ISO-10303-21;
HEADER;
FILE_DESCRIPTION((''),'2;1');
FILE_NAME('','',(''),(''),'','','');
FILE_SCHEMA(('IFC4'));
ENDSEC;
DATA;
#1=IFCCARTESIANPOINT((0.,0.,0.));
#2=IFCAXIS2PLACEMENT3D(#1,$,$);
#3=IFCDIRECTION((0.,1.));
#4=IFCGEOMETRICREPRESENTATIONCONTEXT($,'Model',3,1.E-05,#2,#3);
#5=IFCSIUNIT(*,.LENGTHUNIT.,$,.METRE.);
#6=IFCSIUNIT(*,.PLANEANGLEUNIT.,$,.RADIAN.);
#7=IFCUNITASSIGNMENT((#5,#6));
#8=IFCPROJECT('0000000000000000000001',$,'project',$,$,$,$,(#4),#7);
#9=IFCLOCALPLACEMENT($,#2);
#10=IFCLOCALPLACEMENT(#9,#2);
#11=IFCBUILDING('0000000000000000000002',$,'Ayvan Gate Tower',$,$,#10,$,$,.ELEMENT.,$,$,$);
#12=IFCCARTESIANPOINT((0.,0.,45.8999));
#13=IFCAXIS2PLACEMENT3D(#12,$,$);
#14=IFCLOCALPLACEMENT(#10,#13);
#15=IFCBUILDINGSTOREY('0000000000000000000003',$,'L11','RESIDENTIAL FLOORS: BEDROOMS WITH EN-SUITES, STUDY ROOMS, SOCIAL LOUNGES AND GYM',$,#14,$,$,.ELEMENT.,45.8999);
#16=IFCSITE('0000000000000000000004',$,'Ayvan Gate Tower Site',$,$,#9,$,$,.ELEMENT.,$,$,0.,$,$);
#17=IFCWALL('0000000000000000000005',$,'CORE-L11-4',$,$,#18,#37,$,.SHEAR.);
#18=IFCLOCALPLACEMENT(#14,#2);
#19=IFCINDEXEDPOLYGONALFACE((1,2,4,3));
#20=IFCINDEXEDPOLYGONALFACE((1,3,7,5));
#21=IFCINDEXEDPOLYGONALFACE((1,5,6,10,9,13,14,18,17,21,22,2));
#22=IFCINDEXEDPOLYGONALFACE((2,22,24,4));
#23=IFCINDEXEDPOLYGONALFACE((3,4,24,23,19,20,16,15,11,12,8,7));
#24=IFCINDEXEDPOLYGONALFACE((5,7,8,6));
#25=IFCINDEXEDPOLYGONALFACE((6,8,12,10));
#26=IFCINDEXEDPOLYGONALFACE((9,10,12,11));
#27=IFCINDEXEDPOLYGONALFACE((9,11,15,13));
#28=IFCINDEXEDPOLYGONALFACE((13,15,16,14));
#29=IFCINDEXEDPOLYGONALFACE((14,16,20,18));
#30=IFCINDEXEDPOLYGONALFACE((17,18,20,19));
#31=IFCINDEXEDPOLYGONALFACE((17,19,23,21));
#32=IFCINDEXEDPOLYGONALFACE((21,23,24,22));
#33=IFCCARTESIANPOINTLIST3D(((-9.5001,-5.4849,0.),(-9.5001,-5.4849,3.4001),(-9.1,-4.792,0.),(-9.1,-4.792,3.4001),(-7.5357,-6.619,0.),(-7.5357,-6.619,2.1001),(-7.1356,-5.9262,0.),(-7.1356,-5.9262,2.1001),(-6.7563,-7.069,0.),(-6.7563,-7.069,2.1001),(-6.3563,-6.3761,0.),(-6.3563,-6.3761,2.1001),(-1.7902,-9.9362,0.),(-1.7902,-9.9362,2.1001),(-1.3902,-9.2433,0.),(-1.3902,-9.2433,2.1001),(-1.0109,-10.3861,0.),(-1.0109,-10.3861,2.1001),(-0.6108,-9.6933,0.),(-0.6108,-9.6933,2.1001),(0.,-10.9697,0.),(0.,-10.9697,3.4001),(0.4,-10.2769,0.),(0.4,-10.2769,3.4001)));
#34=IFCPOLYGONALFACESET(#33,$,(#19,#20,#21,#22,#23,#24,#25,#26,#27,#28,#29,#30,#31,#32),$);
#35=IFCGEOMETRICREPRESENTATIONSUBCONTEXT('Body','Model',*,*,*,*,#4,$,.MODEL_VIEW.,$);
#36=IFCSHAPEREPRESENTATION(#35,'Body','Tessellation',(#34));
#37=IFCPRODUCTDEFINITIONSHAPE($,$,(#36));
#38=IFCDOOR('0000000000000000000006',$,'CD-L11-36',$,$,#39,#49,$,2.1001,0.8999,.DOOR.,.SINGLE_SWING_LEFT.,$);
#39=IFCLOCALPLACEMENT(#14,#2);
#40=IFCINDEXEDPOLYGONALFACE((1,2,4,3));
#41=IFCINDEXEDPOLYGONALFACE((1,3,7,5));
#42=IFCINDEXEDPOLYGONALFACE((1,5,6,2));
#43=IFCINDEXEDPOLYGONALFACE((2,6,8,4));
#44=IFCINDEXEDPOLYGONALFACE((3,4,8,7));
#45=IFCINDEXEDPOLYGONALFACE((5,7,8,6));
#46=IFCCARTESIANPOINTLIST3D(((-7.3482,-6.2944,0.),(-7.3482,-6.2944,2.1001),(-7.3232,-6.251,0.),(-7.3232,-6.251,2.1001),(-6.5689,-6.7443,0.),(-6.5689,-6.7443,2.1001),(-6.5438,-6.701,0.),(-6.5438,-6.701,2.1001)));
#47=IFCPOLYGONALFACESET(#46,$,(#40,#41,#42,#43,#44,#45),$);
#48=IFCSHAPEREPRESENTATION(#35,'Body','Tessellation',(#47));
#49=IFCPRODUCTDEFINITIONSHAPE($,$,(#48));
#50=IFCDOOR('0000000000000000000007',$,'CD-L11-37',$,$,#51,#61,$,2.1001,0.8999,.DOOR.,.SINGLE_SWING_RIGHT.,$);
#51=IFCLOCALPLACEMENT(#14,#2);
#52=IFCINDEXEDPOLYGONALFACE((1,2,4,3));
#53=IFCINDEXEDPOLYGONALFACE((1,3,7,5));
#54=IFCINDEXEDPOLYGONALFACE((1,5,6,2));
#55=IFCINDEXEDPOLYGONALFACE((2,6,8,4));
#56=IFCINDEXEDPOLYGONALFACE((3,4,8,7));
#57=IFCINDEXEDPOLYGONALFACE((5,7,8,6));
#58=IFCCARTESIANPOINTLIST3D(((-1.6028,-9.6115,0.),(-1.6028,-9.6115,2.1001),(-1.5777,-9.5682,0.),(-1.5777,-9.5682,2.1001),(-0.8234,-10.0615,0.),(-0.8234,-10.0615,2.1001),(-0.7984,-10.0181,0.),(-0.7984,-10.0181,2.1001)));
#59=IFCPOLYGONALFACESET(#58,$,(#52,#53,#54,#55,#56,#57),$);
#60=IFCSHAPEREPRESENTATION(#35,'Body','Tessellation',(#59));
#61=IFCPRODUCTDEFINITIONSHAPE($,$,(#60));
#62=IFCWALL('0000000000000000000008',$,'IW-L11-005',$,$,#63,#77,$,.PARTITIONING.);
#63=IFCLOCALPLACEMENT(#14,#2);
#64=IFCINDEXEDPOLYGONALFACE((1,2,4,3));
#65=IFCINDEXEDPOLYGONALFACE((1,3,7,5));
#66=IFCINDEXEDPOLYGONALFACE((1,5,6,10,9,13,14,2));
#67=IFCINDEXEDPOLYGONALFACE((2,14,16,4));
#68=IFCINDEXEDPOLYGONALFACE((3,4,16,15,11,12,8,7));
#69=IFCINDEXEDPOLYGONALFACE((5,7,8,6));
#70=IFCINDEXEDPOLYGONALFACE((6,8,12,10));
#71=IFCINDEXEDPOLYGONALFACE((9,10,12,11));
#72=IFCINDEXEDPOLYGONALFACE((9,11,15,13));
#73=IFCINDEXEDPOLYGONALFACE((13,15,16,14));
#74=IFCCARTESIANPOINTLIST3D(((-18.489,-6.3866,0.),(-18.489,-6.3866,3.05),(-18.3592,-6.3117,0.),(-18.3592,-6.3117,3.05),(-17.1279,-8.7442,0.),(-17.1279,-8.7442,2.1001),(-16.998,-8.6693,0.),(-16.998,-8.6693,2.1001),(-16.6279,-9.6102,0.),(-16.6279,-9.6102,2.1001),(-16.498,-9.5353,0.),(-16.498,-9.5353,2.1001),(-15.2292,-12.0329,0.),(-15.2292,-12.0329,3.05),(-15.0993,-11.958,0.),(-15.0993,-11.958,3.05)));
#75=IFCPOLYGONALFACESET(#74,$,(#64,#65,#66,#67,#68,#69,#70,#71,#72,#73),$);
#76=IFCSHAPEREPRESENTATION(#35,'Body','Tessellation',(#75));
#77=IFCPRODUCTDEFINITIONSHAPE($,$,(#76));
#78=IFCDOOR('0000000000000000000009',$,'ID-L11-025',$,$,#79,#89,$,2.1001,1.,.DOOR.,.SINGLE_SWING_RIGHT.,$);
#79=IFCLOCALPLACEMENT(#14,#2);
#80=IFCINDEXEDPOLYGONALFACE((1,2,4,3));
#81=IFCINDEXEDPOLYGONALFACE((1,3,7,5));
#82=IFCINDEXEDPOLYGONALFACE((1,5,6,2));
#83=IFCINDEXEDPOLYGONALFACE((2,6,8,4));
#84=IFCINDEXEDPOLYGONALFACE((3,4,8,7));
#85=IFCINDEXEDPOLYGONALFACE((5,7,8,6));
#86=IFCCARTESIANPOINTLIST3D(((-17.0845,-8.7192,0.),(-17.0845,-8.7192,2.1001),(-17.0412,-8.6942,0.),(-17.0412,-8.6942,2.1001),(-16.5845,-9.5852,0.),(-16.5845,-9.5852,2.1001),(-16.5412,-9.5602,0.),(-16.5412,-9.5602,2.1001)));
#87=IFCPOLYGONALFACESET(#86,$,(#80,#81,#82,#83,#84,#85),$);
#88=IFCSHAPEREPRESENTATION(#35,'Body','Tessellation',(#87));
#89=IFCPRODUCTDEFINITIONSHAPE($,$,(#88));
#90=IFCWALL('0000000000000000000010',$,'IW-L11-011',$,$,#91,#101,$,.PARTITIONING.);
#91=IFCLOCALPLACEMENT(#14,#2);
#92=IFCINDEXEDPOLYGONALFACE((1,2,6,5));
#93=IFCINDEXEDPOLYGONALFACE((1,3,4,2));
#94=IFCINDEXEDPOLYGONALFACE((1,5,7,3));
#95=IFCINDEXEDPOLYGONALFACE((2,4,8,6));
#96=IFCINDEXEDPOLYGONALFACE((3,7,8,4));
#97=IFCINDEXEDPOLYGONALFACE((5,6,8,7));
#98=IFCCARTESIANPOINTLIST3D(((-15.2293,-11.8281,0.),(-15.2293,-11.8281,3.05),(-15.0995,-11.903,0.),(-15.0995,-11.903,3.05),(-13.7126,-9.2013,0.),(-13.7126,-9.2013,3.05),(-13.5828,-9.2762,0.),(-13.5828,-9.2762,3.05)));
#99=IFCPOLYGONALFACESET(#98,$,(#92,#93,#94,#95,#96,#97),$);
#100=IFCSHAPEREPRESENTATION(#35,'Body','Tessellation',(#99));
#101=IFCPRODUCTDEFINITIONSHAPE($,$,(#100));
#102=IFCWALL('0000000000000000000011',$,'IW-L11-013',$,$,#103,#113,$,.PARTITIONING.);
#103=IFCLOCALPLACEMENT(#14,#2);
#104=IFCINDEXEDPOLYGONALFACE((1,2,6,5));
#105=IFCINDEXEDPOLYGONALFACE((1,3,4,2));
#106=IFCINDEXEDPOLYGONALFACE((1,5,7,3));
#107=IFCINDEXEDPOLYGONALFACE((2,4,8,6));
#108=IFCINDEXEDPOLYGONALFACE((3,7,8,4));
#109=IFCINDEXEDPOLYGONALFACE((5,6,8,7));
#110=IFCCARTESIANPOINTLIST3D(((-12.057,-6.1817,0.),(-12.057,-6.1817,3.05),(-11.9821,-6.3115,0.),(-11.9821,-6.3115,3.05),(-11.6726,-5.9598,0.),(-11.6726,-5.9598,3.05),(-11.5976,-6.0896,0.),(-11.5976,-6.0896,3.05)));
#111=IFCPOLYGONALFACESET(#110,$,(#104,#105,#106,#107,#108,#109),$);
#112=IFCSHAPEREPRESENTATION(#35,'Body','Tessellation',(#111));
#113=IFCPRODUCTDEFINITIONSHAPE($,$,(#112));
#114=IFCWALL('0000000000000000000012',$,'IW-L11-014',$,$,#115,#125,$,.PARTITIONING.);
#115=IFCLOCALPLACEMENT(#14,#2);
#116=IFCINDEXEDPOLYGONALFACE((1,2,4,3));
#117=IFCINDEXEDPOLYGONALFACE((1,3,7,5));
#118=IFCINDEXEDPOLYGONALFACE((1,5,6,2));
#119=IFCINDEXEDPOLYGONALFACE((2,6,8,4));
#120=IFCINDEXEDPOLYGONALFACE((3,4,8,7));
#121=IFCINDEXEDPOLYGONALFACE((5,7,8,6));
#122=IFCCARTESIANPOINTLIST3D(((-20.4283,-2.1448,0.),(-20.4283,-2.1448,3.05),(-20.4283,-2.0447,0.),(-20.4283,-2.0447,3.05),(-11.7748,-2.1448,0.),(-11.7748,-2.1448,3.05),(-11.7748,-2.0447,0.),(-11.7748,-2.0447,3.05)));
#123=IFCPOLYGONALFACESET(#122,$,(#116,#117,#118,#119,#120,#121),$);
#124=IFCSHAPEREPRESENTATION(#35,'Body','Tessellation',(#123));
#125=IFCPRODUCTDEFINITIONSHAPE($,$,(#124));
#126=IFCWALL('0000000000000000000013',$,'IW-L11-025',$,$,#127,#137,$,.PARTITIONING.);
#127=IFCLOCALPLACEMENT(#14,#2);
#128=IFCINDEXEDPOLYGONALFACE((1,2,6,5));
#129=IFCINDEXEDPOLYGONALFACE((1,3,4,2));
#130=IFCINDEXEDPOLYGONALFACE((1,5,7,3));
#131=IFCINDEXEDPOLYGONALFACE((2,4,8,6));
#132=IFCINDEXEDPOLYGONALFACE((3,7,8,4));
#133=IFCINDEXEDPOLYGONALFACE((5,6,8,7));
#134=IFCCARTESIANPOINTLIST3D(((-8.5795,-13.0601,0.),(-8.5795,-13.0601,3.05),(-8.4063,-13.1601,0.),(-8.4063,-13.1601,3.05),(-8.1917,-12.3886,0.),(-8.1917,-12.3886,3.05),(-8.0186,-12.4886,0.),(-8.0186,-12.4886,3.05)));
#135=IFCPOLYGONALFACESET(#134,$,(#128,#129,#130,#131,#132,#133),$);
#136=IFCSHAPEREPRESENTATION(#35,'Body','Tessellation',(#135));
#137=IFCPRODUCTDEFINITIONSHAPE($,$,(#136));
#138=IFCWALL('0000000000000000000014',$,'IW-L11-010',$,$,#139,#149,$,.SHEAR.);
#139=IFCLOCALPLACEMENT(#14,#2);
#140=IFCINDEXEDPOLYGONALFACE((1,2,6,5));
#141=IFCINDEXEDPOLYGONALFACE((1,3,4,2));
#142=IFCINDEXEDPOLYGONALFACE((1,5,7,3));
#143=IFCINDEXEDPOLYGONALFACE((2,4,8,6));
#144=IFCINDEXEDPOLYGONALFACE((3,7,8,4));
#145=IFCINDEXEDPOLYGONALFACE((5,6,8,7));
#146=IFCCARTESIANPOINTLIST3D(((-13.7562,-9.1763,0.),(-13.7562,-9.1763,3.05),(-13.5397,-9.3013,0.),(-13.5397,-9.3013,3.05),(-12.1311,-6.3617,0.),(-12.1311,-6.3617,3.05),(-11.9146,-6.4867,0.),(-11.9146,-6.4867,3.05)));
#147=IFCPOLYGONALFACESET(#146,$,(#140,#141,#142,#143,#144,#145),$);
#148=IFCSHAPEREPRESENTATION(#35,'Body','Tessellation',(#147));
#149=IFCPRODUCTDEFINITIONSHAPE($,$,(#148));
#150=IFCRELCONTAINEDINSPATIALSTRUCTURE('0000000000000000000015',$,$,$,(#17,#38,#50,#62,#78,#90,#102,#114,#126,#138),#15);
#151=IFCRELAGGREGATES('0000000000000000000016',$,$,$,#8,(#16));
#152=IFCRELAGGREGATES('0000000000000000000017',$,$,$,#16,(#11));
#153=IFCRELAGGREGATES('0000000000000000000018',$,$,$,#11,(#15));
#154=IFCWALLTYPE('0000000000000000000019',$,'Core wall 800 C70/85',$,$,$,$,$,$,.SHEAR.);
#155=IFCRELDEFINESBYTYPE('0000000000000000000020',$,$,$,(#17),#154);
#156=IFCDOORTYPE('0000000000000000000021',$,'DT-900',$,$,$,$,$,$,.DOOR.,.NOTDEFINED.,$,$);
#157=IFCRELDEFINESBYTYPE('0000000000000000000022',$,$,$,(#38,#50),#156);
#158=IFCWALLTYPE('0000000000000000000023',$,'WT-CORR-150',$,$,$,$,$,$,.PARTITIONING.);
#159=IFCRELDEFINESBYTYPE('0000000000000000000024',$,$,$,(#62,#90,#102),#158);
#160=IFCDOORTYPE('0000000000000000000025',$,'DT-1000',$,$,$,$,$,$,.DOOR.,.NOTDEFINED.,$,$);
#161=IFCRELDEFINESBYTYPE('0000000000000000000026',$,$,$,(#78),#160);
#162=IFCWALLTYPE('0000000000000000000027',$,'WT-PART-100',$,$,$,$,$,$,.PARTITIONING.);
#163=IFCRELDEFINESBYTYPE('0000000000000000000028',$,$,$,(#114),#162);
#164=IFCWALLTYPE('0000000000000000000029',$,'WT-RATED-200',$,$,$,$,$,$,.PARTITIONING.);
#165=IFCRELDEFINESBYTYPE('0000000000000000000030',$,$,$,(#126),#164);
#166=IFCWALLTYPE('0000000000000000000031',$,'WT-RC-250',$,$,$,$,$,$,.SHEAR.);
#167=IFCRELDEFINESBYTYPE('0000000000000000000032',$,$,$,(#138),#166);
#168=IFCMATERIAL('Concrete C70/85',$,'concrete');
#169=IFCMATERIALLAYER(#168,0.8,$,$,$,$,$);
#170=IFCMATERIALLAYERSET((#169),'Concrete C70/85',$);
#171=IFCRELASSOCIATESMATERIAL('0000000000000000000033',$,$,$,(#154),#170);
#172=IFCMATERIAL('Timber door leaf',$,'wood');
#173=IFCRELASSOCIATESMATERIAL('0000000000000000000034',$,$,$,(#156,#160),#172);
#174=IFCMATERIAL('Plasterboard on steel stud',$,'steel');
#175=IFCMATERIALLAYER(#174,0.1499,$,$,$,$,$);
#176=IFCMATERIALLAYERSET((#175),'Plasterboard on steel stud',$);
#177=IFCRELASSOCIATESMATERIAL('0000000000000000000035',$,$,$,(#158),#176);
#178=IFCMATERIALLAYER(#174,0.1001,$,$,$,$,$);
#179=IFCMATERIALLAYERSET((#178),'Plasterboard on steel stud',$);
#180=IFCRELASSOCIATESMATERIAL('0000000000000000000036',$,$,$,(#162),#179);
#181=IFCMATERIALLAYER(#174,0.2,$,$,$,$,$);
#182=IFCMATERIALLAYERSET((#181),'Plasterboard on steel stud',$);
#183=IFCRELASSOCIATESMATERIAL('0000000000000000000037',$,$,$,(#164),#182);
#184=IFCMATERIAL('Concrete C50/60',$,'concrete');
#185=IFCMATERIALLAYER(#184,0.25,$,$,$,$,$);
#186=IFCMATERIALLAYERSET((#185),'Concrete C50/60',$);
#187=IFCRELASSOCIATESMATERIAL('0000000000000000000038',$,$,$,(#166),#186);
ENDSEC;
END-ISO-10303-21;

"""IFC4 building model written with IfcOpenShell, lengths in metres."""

from ifc_helpers import new_model, si_unit, direction, frame, frame_2d, origin, place, context, subcontext, project, spatial, rectangle, extrude, material, layer, layer_set, type_object, element, fill, save


model = new_model("IFC4")

# Units and contexts
model_context = context("Model", 3, precision=1e-05, world=origin(), true_north=direction((0.0, 1.0)))
body_context = subcontext(model_context, "Body", "Model", "MODEL_VIEW")
ifc_project = project(units=[si_unit("LENGTHUNIT", "METRE"), si_unit("PLANEANGLEUNIT", "RADIAN")], contexts=[model_context])

# Site, building, storey
site_placement = place(None, origin())
site = spatial("IfcSite", under=ifc_project, at=site_placement, Name="Ayvan Gate Tower Site", CompositionType="ELEMENT", RefElevation=0.0)
building_placement = place(site_placement, origin())
building = spatial("IfcBuilding", under=site, at=building_placement, Name="Ayvan Gate Tower", CompositionType="ELEMENT")
storey_placement = place(building_placement, frame((0.0, 0.0, 45.8999)))
storey = spatial("IfcBuildingStorey", under=building, at=storey_placement, Name="L11", Description="RESIDENTIAL FLOORS: BEDROOMS WITH EN-SUITES, STUDY ROOMS, SOCIAL LOUNGES AND GYM", CompositionType="ELEMENT", Elevation=45.8999)

# Wall, openings, doors
ifc_material_1 = material(Name="Concrete C70/85", Category="concrete")
ifc_layer_1 = layer(ifc_material_1, 0.8)
ifc_layer_set_1 = layer_set([ifc_layer_1], Name="Concrete C70/85")
wall_type_1 = type_object("IfcWallType", Name="Core wall 800 C70/85", PredefinedType="SHEAR", material=ifc_layer_set_1)
wall_1_placement = place(storey_placement, frame((-9.3, -5.1384, 0.0), z_axis=(0.0, 0.0, 1.0), x_axis=(0.866024, -0.500002, 0.0)))
wall_1 = element("IfcWall", 1, at=wall_1_placement, inside=storey, type_object=wall_type_1, Name="CORE-L11-4", PredefinedType="SHEAR", context=body_context, shape_type="SweptSolid", body=[
    extrude(rectangle(XDim=10.9697, YDim=0.8, at=frame_2d((5.4849, 0.0))), origin(), (0.0, 0.0, 1.0), 3.4001),
])
opening_1_placement = place(wall_1_placement, frame((2.2683, 0.0, 0.0)))
opening_1 = element("IfcOpeningElement", 2, at=opening_1_placement, cuts=wall_1, PredefinedType="OPENING", context=body_context, shape_type="SweptSolid", body=[
    extrude(rectangle(XDim=0.8999, YDim=2.1001, at=frame_2d((0.45, 1.05))), frame((0.0, 0.4099, 0.0), z_axis=(0.0, -1.0, 0.0), x_axis=(1.0, 0.0, 0.0)), (0.0, 0.0, 1.0), 0.8201),
])
opening_2_placement = place(wall_1_placement, frame((8.9026, 0.0, 0.0)))
opening_2 = element("IfcOpeningElement", 3, at=opening_2_placement, cuts=wall_1, PredefinedType="OPENING", context=body_context, shape_type="SweptSolid", body=[
    extrude(rectangle(XDim=0.8999, YDim=2.1001, at=frame_2d((0.45, 1.05))), frame((0.0, 0.4099, 0.0), z_axis=(0.0, -1.0, 0.0), x_axis=(1.0, 0.0, 0.0)), (0.0, 0.0, 1.0), 0.8201),
])
ifc_material_2 = material(Name="Timber door leaf", Category="wood")
door_type_1 = type_object("IfcDoorType", Name="DT-900", OperationType="NOTDEFINED", PredefinedType="DOOR", material=ifc_material_2)
door_1_placement = place(opening_1_placement, origin())
door_1 = element("IfcDoor", 4, at=door_1_placement, inside=storey, type_object=door_type_1, Name="CD-L11-36", OperationType="SINGLE_SWING_LEFT", OverallHeight=2.1001, OverallWidth=0.8999, PredefinedType="DOOR", context=body_context, shape_type="SweptSolid", body=[
    extrude(rectangle(XDim=0.8999, YDim=2.1001, at=frame_2d((0.45, 1.05))), frame((0.0, 0.0249, 0.0), z_axis=(0.0, -1.0, 0.0), x_axis=(1.0, 0.0, 0.0)), (0.0, 0.0, 1.0), 0.05),
])
fill(opening_1, door_1)
door_2_placement = place(opening_2_placement, origin())
door_2 = element("IfcDoor", 5, at=door_2_placement, inside=storey, type_object=door_type_1, Name="CD-L11-37", OperationType="SINGLE_SWING_RIGHT", OverallHeight=2.1001, OverallWidth=0.8999, PredefinedType="DOOR", context=body_context, shape_type="SweptSolid", body=[
    extrude(rectangle(XDim=0.8999, YDim=2.1001, at=frame_2d((0.45, 1.05))), frame((0.0, 0.0249, 0.0), z_axis=(0.0, -1.0, 0.0), x_axis=(1.0, 0.0, 0.0)), (0.0, 0.0, 1.0), 0.05),
])
fill(opening_2, door_2)

# Wall, opening, door
ifc_material_3 = material(Name="Plasterboard on steel stud", Category="steel")
ifc_layer_2 = layer(ifc_material_3, 0.1499)
ifc_layer_set_2 = layer_set([ifc_layer_2], Name="Plasterboard on steel stud")
wall_type_2 = type_object("IfcWallType", Name="WT-CORR-150", PredefinedType="PARTITIONING", material=ifc_layer_set_2)
wall_2_placement = place(storey_placement, frame((-15.1643, -11.9954, 0.0), z_axis=(0.0, 0.0, 1.0), x_axis=(-0.499989, 0.866032, 0.0)))
wall_2 = element("IfcWall", 6, at=wall_2_placement, inside=storey, type_object=wall_type_2, Name="IW-L11-005", PredefinedType="PARTITIONING", context=body_context, shape_type="SweptSolid", body=[
    extrude(rectangle(XDim=6.5198, YDim=0.1499, at=frame_2d((3.2598, 0.0))), origin(), (0.0, 0.0, 1.0), 3.05),
])
opening_3_placement = place(wall_2_placement, frame((2.7974, 0.0, 0.0)))
opening_3 = element("IfcOpeningElement", 7, at=opening_3_placement, cuts=wall_2, PredefinedType="OPENING", context=body_context, shape_type="SweptSolid", body=[
    extrude(rectangle(XDim=1.0, YDim=2.1001, at=frame_2d((0.5, 1.05))), frame((0.0, 0.085, 0.0), z_axis=(0.0, -1.0, 0.0), x_axis=(1.0, 0.0, 0.0)), (0.0, 0.0, 1.0), 0.1699),
])
door_type_2 = type_object("IfcDoorType", Name="DT-1000", OperationType="NOTDEFINED", PredefinedType="DOOR", material=ifc_material_2)
door_3_placement = place(opening_3_placement, origin())
door_3 = element("IfcDoor", 8, at=door_3_placement, inside=storey, type_object=door_type_2, Name="ID-L11-025", OperationType="SINGLE_SWING_RIGHT", OverallHeight=2.1001, OverallWidth=1.0, PredefinedType="DOOR", context=body_context, shape_type="SweptSolid", body=[
    extrude(rectangle(XDim=1.0, YDim=2.1001, at=frame_2d((0.5, 1.05))), frame((0.0, 0.0249, 0.0), z_axis=(0.0, -1.0, 0.0), x_axis=(1.0, 0.0, 0.0)), (0.0, 0.0, 1.0), 0.05),
])
fill(opening_3, door_3)

# Walls
wall_3_placement = place(storey_placement, frame((-13.6477, -9.2388, 0.0), z_axis=(0.0, 0.0, 1.0), x_axis=(-0.500017, -0.866015, 0.0)))
element("IfcWall", 9, at=wall_3_placement, inside=storey, type_object=wall_type_2, Name="IW-L11-011", PredefinedType="PARTITIONING", context=body_context, shape_type="SweptSolid", body=[
    extrude(rectangle(XDim=3.0332, YDim=0.1499, at=frame_2d((1.5166, 0.0))), origin(), (0.0, 0.0, 1.0), 3.05),
])
wall_4_placement = place(storey_placement, frame((-12.0195, -6.2466, 0.0), z_axis=(0.0, 0.0, 1.0), x_axis=(0.866103, 0.499865, 0.0)))
element("IfcWall", 10, at=wall_4_placement, inside=storey, type_object=wall_type_2, Name="IW-L11-013", PredefinedType="PARTITIONING", context=body_context, shape_type="SweptSolid", body=[
    extrude(rectangle(XDim=0.4438, YDim=0.1499, at=frame_2d((0.2219, 0.0))), origin(), (0.0, 0.0, 1.0), 3.05),
])
ifc_layer_3 = layer(ifc_material_3, 0.1001)
ifc_layer_set_3 = layer_set([ifc_layer_3], Name="Plasterboard on steel stud")
wall_type_3 = type_object("IfcWallType", Name="WT-PART-100", PredefinedType="PARTITIONING", material=ifc_layer_set_3)
wall_5_placement = place(storey_placement, frame((-11.7749, -2.0947, 0.0), z_axis=(0.0, 0.0, 1.0), x_axis=(-1.0, 0.0, 0.0)))
element("IfcWall", 11, at=wall_5_placement, inside=storey, type_object=wall_type_3, Name="IW-L11-014", PredefinedType="PARTITIONING", context=body_context, shape_type="SweptSolid", body=[
    extrude(rectangle(XDim=8.6536, YDim=0.1001, at=frame_2d((4.3267, 0.0))), origin(), (0.0, 0.0, 1.0), 3.05),
])
ifc_layer_4 = layer(ifc_material_3, 0.2)
ifc_layer_set_4 = layer_set([ifc_layer_4], Name="Plasterboard on steel stud")
wall_type_4 = type_object("IfcWallType", Name="WT-RATED-200", PredefinedType="PARTITIONING", material=ifc_layer_set_4)
wall_6_placement = place(storey_placement, frame((-8.4929, -13.1101, 0.0), z_axis=(0.0, 0.0, 1.0), x_axis=(0.500068, 0.865986, 0.0)))
element("IfcWall", 12, at=wall_6_placement, inside=storey, type_object=wall_type_4, Name="IW-L11-025", PredefinedType="PARTITIONING", context=body_context, shape_type="SweptSolid", body=[
    extrude(rectangle(XDim=0.7754, YDim=0.2, at=frame_2d((0.3877, 0.0))), origin(), (0.0, 0.0, 1.0), 3.05),
])
ifc_material_4 = material(Name="Concrete C50/60", Category="concrete")
ifc_layer_5 = layer(ifc_material_4, 0.25)
ifc_layer_set_5 = layer_set([ifc_layer_5], Name="Concrete C50/60")
wall_type_5 = type_object("IfcWallType", Name="WT-RC-250", PredefinedType="SHEAR", material=ifc_layer_set_5)
wall_7_placement = place(storey_placement, frame((-13.6479, -9.2388, 0.0), z_axis=(0.0, 0.0, 1.0), x_axis=(0.500017, 0.866015, 0.0)))
element("IfcWall", 13, at=wall_7_placement, inside=storey, type_object=wall_type_5, Name="IW-L11-010", PredefinedType="SHEAR", context=body_context, shape_type="SweptSolid", body=[
    extrude(rectangle(XDim=3.25, YDim=0.25, at=frame_2d((1.625, 0.0))), origin(), (0.0, 0.0, 1.0), 3.05),
])

save(model, "model.ifc")
